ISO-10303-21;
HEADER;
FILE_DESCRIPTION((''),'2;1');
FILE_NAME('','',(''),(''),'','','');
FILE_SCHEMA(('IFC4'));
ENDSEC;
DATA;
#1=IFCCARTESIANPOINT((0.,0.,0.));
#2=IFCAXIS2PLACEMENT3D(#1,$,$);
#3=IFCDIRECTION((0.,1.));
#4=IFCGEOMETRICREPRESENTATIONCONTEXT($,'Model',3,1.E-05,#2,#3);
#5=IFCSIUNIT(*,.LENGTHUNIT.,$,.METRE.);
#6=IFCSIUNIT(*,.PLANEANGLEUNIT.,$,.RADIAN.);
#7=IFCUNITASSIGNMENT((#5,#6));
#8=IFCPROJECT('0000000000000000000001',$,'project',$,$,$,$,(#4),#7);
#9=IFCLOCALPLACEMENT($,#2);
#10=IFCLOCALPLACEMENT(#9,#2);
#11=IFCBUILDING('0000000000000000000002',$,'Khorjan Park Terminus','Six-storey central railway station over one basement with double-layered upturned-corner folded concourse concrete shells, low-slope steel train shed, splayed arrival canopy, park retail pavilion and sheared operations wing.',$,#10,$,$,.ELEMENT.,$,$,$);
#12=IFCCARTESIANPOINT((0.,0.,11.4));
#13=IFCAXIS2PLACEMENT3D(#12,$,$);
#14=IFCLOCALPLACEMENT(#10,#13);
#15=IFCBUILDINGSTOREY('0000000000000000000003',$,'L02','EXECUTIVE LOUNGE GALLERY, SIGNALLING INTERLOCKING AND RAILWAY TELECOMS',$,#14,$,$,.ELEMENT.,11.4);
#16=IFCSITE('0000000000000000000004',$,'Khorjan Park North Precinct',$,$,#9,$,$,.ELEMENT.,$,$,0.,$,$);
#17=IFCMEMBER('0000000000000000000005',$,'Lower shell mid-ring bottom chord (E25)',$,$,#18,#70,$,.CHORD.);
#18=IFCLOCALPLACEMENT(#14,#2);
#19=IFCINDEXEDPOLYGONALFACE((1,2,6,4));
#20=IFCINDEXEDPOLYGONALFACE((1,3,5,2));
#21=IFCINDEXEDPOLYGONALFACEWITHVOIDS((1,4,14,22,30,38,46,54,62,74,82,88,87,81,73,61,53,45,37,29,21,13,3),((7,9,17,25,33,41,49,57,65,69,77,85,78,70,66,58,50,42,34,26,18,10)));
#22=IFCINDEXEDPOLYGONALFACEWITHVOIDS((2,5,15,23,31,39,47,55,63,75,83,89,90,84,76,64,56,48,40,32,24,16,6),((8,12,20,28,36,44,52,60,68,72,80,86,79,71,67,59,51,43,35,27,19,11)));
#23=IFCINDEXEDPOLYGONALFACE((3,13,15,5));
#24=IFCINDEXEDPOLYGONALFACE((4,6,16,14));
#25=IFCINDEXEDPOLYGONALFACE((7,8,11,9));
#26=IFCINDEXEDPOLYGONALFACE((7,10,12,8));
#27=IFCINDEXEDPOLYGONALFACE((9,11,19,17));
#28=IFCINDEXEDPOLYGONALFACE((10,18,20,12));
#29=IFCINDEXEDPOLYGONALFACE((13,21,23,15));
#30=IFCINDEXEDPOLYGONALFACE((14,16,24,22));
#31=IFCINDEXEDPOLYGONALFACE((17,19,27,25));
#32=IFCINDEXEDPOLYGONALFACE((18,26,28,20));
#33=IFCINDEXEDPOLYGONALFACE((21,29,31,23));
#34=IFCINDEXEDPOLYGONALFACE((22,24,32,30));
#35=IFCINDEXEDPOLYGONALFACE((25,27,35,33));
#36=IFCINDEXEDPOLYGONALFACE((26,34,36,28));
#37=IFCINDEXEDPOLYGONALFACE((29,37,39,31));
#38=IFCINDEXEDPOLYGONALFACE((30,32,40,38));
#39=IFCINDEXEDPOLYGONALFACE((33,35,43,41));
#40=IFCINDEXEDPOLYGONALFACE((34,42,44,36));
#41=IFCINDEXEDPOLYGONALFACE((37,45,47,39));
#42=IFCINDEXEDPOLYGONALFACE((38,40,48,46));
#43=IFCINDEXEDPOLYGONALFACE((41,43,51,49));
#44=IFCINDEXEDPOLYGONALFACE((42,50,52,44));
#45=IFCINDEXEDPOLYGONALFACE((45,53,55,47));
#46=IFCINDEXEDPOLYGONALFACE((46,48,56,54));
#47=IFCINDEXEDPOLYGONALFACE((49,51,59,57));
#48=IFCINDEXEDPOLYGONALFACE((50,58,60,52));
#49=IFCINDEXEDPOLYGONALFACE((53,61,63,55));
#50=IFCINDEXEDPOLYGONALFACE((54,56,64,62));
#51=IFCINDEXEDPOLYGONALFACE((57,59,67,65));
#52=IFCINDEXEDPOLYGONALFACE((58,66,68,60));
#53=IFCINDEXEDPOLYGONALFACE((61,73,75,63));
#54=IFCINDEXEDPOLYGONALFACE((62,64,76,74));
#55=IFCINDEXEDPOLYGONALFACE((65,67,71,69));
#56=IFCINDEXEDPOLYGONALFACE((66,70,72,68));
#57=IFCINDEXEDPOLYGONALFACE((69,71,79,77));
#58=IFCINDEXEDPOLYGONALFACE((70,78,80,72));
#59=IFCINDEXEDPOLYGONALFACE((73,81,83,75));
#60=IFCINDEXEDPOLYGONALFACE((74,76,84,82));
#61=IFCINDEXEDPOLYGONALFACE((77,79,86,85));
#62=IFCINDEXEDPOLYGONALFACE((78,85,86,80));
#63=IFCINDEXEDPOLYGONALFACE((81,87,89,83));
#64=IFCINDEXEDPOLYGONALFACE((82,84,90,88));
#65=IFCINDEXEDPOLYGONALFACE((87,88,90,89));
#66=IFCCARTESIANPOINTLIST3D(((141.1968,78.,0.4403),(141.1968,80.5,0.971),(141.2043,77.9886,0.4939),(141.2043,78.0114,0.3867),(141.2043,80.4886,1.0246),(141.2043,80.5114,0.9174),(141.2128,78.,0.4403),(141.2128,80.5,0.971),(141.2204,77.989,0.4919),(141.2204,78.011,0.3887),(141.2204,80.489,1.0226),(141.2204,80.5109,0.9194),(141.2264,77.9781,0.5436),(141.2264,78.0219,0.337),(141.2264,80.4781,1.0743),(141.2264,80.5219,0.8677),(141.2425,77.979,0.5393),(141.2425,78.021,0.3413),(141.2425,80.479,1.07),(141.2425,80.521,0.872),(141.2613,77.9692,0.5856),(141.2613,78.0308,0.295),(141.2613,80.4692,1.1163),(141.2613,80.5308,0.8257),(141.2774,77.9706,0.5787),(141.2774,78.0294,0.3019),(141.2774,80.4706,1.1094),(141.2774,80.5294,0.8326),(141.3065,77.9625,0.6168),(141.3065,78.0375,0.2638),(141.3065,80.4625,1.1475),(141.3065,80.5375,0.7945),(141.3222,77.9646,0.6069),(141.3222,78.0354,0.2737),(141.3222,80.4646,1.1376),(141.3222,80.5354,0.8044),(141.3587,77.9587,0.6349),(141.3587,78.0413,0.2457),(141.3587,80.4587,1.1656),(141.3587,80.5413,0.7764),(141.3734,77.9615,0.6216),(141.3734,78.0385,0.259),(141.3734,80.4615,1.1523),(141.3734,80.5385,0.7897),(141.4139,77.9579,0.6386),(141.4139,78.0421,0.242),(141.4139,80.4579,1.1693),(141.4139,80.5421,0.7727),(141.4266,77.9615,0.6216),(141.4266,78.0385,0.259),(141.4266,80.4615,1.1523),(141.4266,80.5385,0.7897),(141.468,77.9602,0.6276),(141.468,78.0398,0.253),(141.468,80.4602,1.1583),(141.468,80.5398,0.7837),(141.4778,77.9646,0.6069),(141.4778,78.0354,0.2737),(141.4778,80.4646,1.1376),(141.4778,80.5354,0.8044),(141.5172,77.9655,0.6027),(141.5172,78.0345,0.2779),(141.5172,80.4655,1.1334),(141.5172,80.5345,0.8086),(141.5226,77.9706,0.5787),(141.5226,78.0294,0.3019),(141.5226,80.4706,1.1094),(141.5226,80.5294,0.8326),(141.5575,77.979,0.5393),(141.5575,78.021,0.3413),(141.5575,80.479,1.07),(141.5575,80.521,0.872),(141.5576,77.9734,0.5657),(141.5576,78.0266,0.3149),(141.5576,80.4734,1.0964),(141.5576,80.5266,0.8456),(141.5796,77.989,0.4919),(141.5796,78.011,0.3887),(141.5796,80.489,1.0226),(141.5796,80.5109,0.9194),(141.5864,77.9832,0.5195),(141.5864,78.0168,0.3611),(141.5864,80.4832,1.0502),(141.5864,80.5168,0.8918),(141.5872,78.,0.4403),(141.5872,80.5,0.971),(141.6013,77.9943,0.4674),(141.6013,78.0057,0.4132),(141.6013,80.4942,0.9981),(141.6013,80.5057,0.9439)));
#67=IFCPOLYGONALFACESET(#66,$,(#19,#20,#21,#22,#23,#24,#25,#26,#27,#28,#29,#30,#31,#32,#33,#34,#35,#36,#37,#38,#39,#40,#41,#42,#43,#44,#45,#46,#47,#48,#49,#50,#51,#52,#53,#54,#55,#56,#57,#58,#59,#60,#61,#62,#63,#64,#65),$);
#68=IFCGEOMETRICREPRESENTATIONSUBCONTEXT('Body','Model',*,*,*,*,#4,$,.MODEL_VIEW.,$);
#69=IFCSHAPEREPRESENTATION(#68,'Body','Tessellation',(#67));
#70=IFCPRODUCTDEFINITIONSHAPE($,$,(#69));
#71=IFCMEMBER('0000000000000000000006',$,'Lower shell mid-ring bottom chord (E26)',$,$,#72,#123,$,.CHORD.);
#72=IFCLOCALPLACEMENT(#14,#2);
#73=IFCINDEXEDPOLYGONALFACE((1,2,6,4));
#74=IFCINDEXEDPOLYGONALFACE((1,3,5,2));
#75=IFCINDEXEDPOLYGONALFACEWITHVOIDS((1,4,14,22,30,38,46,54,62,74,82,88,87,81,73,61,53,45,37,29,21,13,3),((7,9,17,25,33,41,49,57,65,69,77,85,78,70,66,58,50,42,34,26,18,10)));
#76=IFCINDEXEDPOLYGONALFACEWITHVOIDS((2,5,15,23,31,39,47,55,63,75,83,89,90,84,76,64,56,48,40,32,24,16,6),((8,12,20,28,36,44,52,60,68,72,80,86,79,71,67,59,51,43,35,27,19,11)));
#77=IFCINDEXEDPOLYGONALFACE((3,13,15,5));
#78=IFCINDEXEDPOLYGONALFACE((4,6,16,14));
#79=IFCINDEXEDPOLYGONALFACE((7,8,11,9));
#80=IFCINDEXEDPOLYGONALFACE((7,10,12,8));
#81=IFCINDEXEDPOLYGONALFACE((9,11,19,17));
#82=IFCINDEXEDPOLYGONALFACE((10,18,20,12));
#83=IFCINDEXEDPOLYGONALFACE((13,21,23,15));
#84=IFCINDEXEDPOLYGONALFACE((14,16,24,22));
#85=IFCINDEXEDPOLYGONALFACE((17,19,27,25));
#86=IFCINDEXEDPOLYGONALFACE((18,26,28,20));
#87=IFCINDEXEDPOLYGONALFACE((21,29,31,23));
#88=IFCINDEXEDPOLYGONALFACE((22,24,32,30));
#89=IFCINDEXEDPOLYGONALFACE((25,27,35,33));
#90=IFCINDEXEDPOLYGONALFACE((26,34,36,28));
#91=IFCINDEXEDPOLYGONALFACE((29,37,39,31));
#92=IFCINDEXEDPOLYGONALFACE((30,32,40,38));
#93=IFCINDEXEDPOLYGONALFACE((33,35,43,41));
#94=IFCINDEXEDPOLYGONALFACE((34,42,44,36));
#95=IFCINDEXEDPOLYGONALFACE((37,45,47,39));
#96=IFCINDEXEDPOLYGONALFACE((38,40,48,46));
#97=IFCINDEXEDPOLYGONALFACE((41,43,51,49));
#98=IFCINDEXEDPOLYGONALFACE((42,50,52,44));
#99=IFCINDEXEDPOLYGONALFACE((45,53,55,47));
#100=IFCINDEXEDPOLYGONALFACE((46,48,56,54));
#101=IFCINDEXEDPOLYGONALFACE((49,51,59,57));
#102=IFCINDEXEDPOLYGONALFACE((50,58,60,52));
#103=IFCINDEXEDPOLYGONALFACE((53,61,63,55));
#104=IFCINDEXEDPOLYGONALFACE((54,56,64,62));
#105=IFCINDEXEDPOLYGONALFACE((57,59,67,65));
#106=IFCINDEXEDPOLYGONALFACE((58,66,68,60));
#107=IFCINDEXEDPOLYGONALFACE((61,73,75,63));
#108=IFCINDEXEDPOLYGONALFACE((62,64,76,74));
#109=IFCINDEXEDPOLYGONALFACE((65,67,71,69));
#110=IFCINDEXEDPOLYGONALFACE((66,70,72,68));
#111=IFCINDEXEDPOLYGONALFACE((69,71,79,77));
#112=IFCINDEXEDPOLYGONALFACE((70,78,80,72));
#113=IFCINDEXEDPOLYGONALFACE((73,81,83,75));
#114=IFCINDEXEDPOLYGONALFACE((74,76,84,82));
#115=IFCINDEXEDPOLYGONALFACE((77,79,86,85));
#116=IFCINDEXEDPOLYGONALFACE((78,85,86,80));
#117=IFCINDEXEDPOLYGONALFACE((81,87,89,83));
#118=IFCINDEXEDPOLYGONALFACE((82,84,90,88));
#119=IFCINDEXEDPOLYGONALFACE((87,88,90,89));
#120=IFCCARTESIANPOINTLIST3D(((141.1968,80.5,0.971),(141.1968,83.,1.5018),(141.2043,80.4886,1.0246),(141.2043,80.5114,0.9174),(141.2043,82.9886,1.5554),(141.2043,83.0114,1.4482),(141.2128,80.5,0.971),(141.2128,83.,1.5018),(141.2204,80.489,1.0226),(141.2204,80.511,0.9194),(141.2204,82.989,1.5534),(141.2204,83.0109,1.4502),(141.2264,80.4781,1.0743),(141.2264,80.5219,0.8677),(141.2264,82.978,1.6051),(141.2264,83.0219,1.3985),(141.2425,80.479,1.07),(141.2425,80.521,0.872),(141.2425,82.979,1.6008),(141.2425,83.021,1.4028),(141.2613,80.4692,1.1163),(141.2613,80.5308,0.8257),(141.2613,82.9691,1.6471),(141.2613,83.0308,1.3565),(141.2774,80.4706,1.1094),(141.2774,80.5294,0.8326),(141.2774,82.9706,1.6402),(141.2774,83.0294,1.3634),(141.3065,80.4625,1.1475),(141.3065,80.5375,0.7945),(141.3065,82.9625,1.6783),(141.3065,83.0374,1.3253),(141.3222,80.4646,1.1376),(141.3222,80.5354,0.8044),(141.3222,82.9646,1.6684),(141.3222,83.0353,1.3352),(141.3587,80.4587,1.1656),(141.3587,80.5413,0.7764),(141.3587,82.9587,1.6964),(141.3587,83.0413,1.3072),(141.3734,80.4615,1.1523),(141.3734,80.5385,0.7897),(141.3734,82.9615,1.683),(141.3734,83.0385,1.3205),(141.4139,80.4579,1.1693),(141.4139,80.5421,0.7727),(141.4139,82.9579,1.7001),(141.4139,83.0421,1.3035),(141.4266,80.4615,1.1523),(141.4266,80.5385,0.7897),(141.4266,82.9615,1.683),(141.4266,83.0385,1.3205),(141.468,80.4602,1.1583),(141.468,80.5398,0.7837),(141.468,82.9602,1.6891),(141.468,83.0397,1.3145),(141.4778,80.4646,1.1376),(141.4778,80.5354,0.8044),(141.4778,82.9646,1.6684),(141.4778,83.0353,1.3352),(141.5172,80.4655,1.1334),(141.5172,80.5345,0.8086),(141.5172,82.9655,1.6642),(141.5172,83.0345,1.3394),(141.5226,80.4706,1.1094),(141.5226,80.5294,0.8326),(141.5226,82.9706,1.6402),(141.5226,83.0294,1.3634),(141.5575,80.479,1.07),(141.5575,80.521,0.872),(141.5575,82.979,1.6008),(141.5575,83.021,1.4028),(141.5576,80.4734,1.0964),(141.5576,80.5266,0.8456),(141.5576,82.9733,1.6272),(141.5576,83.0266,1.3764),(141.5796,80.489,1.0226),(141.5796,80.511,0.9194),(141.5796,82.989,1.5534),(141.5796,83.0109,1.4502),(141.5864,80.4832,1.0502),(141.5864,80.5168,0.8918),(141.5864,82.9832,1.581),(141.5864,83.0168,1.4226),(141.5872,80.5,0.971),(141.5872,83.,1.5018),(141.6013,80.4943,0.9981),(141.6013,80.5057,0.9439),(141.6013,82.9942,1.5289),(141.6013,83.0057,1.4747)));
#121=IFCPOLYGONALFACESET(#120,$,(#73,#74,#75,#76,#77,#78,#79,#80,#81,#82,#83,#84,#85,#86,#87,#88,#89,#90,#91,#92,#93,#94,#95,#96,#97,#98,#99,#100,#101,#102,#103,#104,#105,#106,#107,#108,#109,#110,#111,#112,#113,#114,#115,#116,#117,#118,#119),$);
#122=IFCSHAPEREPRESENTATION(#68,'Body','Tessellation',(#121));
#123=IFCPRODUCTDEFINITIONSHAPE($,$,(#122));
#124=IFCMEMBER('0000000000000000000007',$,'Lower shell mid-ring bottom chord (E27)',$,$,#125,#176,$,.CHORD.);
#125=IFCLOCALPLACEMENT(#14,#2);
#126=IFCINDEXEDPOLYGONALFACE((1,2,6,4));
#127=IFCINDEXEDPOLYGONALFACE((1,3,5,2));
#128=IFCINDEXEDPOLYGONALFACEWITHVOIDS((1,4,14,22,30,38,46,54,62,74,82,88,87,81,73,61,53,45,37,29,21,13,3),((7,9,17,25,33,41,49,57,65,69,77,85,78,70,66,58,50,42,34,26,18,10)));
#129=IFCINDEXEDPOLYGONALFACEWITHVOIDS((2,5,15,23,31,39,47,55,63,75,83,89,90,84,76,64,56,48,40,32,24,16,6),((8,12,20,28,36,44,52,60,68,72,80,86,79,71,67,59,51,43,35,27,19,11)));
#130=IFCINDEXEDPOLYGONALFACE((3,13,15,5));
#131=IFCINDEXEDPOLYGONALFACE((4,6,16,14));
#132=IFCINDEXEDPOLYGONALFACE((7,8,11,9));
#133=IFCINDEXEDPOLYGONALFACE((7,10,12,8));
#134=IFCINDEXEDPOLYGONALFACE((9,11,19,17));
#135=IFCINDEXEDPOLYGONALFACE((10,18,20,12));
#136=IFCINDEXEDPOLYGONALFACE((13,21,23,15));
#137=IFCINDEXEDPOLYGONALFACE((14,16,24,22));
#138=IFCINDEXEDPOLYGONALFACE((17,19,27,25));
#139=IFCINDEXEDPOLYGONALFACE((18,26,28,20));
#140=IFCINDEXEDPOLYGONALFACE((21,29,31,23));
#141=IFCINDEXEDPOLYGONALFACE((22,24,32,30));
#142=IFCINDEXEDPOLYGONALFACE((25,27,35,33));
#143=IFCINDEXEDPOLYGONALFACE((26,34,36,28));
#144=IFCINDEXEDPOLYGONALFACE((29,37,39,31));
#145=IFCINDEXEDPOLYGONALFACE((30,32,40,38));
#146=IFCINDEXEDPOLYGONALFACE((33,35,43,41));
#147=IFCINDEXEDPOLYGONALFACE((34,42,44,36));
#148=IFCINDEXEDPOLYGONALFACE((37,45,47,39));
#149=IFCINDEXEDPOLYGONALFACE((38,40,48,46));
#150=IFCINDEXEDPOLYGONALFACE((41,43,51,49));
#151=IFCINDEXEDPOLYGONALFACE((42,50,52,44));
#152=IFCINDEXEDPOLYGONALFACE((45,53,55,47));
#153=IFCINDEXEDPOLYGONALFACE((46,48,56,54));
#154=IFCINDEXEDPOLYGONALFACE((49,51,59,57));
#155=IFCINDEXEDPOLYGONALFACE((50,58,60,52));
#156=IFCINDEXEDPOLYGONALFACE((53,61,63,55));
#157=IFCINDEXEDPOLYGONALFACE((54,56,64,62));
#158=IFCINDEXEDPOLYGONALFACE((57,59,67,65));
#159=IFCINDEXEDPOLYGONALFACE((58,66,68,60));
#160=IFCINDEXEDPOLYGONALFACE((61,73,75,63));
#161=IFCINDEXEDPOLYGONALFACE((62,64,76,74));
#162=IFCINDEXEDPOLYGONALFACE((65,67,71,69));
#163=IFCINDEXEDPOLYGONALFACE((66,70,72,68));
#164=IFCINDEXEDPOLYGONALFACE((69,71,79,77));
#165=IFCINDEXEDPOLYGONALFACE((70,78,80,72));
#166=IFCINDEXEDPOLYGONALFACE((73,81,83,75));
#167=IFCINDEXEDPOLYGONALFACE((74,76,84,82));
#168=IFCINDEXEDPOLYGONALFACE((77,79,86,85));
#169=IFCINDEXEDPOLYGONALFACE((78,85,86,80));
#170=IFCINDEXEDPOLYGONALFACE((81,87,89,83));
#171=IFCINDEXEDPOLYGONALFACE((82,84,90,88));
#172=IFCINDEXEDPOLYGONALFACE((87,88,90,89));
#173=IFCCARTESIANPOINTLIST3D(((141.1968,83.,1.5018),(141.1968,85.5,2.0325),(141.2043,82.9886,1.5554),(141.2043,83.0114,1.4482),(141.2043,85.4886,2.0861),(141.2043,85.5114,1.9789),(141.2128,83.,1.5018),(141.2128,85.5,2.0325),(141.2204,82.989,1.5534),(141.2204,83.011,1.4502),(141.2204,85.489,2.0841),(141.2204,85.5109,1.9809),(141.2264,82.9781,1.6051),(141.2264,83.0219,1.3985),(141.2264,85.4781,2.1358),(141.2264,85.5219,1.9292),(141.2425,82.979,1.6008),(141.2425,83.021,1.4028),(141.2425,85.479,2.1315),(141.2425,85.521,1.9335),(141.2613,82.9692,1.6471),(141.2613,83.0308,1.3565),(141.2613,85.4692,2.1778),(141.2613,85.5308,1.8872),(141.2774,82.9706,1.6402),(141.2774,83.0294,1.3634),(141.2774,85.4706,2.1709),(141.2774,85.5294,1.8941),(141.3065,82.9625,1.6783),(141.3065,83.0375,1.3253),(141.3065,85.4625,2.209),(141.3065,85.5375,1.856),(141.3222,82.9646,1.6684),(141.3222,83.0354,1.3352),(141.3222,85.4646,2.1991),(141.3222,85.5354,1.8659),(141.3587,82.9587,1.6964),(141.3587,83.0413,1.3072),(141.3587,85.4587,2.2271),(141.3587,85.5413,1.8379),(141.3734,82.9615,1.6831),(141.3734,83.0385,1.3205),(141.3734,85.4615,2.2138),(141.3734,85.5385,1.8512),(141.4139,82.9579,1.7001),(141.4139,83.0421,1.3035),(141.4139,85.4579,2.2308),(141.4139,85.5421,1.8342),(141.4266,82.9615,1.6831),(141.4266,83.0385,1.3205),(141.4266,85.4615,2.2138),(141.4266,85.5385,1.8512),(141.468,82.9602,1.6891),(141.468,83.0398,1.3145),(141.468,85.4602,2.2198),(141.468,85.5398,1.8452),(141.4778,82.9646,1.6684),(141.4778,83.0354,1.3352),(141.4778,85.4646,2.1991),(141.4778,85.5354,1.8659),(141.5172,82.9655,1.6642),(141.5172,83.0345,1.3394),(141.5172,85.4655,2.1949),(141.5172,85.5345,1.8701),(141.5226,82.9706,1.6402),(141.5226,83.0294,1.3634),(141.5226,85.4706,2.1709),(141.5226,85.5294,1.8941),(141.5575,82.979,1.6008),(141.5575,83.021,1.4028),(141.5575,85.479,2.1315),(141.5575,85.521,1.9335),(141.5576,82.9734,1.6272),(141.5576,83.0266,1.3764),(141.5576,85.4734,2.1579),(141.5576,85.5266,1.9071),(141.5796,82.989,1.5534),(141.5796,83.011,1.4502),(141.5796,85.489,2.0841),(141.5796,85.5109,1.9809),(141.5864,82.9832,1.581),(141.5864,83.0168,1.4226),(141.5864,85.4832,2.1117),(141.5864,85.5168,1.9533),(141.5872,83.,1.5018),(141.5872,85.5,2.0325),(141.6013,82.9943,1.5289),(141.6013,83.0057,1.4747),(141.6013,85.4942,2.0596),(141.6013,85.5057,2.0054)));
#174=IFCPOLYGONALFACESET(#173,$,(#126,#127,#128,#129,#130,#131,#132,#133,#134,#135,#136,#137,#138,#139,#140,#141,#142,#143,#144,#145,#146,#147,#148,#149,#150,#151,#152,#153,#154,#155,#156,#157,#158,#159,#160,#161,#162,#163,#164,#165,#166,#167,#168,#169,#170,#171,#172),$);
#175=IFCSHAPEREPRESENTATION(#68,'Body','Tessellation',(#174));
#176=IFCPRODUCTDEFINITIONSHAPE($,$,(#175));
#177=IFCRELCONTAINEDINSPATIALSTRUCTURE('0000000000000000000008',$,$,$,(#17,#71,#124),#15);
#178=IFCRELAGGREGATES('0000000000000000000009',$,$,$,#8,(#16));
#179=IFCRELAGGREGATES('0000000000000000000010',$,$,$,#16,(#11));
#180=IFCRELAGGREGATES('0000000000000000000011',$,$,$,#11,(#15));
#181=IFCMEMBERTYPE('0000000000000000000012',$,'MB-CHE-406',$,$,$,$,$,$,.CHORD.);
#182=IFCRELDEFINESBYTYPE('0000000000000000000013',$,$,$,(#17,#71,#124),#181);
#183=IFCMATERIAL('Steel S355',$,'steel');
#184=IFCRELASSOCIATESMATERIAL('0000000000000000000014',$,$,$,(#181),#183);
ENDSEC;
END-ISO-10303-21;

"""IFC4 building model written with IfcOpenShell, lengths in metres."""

from ifc_helpers import new_model, si_unit, direction, frame, origin, origin_2d, place, context, subcontext, project, spatial, hollow_circle, extrude, material, material_profile, profile_set, type_object, element, save


model = new_model("IFC4")

# Units and contexts
model_context = context("Model", 3, precision=1e-05, world=origin(), true_north=direction((0.0, 1.0)))
body_context = subcontext(model_context, "Body", "Model", "MODEL_VIEW")
ifc_project = project(units=[si_unit("LENGTHUNIT", "METRE"), si_unit("PLANEANGLEUNIT", "RADIAN")], contexts=[model_context])

# Site, building, storey
site_placement = place(None, origin())
site = spatial("IfcSite", under=ifc_project, at=site_placement, Name="Khorjan Park North Precinct", CompositionType="ELEMENT", RefElevation=0.0)
building_placement = place(site_placement, origin())
building = spatial("IfcBuilding", under=site, at=building_placement, Name="Khorjan Park Terminus", Description="Six-storey central railway station over one basement with double-layered upturned-corner folded concourse concrete shells, low-slope steel train shed, splayed arrival canopy, park retail pavilion and sheared operations wing.", CompositionType="ELEMENT")
storey_placement = place(building_placement, frame((0.0, 0.0, 11.4)))
storey = spatial("IfcBuildingStorey", under=building, at=storey_placement, Name="L02", Description="EXECUTIVE LOUNGE GALLERY, SIGNALLING INTERLOCKING AND RAILWAY TELECOMS", CompositionType="ELEMENT", Elevation=11.4)

# Members
ifc_material_1 = material(Name="Steel S355", Category="steel")
ifc_material_profile_1 = material_profile(ifc_material_1, hollow_circle(Radius=0.2032, WallThickness=0.016, at=origin_2d()), Name="CHS 406.4x16")
ifc_profile_set_1 = profile_set([ifc_material_profile_1], Name="Steel S355")
member_type_1 = type_object("IfcMemberType", Name="MB-CHE-406", PredefinedType="CHORD", material=ifc_profile_set_1)
for number, where, z_axis, x_axis, name in (
    (1, (141.4, 78.0, 0.4403), (0.0, 0.978203, 0.207653), (-1.0, 0.0, 0.0), "Lower shell mid-ring bottom chord (E25)"),
    (2, (141.4, 80.5, 0.971), (0.0, 0.978195, 0.20769), (-1.0, 0.0, 0.0), "Lower shell mid-ring bottom chord (E26)"),
    (3, (141.4, 83.0, 1.5018), (0.0, 0.978203, 0.207653), (-1.0, 0.0, 0.0), "Lower shell mid-ring bottom chord (E27)"),
):
    element("IfcMember", number, at=place(storey_placement, frame(where, z_axis=z_axis, x_axis=x_axis)), inside=storey, type_object=member_type_1, Name=name, PredefinedType="CHORD", context=body_context, shape_type="SweptSolid", body=[
        extrude(hollow_circle(Radius=0.2032, WallThickness=0.016, at=origin_2d()), origin(), (0.0, 0.0, 1.0), 2.5557),
    ])

save(model, "model.ifc")
